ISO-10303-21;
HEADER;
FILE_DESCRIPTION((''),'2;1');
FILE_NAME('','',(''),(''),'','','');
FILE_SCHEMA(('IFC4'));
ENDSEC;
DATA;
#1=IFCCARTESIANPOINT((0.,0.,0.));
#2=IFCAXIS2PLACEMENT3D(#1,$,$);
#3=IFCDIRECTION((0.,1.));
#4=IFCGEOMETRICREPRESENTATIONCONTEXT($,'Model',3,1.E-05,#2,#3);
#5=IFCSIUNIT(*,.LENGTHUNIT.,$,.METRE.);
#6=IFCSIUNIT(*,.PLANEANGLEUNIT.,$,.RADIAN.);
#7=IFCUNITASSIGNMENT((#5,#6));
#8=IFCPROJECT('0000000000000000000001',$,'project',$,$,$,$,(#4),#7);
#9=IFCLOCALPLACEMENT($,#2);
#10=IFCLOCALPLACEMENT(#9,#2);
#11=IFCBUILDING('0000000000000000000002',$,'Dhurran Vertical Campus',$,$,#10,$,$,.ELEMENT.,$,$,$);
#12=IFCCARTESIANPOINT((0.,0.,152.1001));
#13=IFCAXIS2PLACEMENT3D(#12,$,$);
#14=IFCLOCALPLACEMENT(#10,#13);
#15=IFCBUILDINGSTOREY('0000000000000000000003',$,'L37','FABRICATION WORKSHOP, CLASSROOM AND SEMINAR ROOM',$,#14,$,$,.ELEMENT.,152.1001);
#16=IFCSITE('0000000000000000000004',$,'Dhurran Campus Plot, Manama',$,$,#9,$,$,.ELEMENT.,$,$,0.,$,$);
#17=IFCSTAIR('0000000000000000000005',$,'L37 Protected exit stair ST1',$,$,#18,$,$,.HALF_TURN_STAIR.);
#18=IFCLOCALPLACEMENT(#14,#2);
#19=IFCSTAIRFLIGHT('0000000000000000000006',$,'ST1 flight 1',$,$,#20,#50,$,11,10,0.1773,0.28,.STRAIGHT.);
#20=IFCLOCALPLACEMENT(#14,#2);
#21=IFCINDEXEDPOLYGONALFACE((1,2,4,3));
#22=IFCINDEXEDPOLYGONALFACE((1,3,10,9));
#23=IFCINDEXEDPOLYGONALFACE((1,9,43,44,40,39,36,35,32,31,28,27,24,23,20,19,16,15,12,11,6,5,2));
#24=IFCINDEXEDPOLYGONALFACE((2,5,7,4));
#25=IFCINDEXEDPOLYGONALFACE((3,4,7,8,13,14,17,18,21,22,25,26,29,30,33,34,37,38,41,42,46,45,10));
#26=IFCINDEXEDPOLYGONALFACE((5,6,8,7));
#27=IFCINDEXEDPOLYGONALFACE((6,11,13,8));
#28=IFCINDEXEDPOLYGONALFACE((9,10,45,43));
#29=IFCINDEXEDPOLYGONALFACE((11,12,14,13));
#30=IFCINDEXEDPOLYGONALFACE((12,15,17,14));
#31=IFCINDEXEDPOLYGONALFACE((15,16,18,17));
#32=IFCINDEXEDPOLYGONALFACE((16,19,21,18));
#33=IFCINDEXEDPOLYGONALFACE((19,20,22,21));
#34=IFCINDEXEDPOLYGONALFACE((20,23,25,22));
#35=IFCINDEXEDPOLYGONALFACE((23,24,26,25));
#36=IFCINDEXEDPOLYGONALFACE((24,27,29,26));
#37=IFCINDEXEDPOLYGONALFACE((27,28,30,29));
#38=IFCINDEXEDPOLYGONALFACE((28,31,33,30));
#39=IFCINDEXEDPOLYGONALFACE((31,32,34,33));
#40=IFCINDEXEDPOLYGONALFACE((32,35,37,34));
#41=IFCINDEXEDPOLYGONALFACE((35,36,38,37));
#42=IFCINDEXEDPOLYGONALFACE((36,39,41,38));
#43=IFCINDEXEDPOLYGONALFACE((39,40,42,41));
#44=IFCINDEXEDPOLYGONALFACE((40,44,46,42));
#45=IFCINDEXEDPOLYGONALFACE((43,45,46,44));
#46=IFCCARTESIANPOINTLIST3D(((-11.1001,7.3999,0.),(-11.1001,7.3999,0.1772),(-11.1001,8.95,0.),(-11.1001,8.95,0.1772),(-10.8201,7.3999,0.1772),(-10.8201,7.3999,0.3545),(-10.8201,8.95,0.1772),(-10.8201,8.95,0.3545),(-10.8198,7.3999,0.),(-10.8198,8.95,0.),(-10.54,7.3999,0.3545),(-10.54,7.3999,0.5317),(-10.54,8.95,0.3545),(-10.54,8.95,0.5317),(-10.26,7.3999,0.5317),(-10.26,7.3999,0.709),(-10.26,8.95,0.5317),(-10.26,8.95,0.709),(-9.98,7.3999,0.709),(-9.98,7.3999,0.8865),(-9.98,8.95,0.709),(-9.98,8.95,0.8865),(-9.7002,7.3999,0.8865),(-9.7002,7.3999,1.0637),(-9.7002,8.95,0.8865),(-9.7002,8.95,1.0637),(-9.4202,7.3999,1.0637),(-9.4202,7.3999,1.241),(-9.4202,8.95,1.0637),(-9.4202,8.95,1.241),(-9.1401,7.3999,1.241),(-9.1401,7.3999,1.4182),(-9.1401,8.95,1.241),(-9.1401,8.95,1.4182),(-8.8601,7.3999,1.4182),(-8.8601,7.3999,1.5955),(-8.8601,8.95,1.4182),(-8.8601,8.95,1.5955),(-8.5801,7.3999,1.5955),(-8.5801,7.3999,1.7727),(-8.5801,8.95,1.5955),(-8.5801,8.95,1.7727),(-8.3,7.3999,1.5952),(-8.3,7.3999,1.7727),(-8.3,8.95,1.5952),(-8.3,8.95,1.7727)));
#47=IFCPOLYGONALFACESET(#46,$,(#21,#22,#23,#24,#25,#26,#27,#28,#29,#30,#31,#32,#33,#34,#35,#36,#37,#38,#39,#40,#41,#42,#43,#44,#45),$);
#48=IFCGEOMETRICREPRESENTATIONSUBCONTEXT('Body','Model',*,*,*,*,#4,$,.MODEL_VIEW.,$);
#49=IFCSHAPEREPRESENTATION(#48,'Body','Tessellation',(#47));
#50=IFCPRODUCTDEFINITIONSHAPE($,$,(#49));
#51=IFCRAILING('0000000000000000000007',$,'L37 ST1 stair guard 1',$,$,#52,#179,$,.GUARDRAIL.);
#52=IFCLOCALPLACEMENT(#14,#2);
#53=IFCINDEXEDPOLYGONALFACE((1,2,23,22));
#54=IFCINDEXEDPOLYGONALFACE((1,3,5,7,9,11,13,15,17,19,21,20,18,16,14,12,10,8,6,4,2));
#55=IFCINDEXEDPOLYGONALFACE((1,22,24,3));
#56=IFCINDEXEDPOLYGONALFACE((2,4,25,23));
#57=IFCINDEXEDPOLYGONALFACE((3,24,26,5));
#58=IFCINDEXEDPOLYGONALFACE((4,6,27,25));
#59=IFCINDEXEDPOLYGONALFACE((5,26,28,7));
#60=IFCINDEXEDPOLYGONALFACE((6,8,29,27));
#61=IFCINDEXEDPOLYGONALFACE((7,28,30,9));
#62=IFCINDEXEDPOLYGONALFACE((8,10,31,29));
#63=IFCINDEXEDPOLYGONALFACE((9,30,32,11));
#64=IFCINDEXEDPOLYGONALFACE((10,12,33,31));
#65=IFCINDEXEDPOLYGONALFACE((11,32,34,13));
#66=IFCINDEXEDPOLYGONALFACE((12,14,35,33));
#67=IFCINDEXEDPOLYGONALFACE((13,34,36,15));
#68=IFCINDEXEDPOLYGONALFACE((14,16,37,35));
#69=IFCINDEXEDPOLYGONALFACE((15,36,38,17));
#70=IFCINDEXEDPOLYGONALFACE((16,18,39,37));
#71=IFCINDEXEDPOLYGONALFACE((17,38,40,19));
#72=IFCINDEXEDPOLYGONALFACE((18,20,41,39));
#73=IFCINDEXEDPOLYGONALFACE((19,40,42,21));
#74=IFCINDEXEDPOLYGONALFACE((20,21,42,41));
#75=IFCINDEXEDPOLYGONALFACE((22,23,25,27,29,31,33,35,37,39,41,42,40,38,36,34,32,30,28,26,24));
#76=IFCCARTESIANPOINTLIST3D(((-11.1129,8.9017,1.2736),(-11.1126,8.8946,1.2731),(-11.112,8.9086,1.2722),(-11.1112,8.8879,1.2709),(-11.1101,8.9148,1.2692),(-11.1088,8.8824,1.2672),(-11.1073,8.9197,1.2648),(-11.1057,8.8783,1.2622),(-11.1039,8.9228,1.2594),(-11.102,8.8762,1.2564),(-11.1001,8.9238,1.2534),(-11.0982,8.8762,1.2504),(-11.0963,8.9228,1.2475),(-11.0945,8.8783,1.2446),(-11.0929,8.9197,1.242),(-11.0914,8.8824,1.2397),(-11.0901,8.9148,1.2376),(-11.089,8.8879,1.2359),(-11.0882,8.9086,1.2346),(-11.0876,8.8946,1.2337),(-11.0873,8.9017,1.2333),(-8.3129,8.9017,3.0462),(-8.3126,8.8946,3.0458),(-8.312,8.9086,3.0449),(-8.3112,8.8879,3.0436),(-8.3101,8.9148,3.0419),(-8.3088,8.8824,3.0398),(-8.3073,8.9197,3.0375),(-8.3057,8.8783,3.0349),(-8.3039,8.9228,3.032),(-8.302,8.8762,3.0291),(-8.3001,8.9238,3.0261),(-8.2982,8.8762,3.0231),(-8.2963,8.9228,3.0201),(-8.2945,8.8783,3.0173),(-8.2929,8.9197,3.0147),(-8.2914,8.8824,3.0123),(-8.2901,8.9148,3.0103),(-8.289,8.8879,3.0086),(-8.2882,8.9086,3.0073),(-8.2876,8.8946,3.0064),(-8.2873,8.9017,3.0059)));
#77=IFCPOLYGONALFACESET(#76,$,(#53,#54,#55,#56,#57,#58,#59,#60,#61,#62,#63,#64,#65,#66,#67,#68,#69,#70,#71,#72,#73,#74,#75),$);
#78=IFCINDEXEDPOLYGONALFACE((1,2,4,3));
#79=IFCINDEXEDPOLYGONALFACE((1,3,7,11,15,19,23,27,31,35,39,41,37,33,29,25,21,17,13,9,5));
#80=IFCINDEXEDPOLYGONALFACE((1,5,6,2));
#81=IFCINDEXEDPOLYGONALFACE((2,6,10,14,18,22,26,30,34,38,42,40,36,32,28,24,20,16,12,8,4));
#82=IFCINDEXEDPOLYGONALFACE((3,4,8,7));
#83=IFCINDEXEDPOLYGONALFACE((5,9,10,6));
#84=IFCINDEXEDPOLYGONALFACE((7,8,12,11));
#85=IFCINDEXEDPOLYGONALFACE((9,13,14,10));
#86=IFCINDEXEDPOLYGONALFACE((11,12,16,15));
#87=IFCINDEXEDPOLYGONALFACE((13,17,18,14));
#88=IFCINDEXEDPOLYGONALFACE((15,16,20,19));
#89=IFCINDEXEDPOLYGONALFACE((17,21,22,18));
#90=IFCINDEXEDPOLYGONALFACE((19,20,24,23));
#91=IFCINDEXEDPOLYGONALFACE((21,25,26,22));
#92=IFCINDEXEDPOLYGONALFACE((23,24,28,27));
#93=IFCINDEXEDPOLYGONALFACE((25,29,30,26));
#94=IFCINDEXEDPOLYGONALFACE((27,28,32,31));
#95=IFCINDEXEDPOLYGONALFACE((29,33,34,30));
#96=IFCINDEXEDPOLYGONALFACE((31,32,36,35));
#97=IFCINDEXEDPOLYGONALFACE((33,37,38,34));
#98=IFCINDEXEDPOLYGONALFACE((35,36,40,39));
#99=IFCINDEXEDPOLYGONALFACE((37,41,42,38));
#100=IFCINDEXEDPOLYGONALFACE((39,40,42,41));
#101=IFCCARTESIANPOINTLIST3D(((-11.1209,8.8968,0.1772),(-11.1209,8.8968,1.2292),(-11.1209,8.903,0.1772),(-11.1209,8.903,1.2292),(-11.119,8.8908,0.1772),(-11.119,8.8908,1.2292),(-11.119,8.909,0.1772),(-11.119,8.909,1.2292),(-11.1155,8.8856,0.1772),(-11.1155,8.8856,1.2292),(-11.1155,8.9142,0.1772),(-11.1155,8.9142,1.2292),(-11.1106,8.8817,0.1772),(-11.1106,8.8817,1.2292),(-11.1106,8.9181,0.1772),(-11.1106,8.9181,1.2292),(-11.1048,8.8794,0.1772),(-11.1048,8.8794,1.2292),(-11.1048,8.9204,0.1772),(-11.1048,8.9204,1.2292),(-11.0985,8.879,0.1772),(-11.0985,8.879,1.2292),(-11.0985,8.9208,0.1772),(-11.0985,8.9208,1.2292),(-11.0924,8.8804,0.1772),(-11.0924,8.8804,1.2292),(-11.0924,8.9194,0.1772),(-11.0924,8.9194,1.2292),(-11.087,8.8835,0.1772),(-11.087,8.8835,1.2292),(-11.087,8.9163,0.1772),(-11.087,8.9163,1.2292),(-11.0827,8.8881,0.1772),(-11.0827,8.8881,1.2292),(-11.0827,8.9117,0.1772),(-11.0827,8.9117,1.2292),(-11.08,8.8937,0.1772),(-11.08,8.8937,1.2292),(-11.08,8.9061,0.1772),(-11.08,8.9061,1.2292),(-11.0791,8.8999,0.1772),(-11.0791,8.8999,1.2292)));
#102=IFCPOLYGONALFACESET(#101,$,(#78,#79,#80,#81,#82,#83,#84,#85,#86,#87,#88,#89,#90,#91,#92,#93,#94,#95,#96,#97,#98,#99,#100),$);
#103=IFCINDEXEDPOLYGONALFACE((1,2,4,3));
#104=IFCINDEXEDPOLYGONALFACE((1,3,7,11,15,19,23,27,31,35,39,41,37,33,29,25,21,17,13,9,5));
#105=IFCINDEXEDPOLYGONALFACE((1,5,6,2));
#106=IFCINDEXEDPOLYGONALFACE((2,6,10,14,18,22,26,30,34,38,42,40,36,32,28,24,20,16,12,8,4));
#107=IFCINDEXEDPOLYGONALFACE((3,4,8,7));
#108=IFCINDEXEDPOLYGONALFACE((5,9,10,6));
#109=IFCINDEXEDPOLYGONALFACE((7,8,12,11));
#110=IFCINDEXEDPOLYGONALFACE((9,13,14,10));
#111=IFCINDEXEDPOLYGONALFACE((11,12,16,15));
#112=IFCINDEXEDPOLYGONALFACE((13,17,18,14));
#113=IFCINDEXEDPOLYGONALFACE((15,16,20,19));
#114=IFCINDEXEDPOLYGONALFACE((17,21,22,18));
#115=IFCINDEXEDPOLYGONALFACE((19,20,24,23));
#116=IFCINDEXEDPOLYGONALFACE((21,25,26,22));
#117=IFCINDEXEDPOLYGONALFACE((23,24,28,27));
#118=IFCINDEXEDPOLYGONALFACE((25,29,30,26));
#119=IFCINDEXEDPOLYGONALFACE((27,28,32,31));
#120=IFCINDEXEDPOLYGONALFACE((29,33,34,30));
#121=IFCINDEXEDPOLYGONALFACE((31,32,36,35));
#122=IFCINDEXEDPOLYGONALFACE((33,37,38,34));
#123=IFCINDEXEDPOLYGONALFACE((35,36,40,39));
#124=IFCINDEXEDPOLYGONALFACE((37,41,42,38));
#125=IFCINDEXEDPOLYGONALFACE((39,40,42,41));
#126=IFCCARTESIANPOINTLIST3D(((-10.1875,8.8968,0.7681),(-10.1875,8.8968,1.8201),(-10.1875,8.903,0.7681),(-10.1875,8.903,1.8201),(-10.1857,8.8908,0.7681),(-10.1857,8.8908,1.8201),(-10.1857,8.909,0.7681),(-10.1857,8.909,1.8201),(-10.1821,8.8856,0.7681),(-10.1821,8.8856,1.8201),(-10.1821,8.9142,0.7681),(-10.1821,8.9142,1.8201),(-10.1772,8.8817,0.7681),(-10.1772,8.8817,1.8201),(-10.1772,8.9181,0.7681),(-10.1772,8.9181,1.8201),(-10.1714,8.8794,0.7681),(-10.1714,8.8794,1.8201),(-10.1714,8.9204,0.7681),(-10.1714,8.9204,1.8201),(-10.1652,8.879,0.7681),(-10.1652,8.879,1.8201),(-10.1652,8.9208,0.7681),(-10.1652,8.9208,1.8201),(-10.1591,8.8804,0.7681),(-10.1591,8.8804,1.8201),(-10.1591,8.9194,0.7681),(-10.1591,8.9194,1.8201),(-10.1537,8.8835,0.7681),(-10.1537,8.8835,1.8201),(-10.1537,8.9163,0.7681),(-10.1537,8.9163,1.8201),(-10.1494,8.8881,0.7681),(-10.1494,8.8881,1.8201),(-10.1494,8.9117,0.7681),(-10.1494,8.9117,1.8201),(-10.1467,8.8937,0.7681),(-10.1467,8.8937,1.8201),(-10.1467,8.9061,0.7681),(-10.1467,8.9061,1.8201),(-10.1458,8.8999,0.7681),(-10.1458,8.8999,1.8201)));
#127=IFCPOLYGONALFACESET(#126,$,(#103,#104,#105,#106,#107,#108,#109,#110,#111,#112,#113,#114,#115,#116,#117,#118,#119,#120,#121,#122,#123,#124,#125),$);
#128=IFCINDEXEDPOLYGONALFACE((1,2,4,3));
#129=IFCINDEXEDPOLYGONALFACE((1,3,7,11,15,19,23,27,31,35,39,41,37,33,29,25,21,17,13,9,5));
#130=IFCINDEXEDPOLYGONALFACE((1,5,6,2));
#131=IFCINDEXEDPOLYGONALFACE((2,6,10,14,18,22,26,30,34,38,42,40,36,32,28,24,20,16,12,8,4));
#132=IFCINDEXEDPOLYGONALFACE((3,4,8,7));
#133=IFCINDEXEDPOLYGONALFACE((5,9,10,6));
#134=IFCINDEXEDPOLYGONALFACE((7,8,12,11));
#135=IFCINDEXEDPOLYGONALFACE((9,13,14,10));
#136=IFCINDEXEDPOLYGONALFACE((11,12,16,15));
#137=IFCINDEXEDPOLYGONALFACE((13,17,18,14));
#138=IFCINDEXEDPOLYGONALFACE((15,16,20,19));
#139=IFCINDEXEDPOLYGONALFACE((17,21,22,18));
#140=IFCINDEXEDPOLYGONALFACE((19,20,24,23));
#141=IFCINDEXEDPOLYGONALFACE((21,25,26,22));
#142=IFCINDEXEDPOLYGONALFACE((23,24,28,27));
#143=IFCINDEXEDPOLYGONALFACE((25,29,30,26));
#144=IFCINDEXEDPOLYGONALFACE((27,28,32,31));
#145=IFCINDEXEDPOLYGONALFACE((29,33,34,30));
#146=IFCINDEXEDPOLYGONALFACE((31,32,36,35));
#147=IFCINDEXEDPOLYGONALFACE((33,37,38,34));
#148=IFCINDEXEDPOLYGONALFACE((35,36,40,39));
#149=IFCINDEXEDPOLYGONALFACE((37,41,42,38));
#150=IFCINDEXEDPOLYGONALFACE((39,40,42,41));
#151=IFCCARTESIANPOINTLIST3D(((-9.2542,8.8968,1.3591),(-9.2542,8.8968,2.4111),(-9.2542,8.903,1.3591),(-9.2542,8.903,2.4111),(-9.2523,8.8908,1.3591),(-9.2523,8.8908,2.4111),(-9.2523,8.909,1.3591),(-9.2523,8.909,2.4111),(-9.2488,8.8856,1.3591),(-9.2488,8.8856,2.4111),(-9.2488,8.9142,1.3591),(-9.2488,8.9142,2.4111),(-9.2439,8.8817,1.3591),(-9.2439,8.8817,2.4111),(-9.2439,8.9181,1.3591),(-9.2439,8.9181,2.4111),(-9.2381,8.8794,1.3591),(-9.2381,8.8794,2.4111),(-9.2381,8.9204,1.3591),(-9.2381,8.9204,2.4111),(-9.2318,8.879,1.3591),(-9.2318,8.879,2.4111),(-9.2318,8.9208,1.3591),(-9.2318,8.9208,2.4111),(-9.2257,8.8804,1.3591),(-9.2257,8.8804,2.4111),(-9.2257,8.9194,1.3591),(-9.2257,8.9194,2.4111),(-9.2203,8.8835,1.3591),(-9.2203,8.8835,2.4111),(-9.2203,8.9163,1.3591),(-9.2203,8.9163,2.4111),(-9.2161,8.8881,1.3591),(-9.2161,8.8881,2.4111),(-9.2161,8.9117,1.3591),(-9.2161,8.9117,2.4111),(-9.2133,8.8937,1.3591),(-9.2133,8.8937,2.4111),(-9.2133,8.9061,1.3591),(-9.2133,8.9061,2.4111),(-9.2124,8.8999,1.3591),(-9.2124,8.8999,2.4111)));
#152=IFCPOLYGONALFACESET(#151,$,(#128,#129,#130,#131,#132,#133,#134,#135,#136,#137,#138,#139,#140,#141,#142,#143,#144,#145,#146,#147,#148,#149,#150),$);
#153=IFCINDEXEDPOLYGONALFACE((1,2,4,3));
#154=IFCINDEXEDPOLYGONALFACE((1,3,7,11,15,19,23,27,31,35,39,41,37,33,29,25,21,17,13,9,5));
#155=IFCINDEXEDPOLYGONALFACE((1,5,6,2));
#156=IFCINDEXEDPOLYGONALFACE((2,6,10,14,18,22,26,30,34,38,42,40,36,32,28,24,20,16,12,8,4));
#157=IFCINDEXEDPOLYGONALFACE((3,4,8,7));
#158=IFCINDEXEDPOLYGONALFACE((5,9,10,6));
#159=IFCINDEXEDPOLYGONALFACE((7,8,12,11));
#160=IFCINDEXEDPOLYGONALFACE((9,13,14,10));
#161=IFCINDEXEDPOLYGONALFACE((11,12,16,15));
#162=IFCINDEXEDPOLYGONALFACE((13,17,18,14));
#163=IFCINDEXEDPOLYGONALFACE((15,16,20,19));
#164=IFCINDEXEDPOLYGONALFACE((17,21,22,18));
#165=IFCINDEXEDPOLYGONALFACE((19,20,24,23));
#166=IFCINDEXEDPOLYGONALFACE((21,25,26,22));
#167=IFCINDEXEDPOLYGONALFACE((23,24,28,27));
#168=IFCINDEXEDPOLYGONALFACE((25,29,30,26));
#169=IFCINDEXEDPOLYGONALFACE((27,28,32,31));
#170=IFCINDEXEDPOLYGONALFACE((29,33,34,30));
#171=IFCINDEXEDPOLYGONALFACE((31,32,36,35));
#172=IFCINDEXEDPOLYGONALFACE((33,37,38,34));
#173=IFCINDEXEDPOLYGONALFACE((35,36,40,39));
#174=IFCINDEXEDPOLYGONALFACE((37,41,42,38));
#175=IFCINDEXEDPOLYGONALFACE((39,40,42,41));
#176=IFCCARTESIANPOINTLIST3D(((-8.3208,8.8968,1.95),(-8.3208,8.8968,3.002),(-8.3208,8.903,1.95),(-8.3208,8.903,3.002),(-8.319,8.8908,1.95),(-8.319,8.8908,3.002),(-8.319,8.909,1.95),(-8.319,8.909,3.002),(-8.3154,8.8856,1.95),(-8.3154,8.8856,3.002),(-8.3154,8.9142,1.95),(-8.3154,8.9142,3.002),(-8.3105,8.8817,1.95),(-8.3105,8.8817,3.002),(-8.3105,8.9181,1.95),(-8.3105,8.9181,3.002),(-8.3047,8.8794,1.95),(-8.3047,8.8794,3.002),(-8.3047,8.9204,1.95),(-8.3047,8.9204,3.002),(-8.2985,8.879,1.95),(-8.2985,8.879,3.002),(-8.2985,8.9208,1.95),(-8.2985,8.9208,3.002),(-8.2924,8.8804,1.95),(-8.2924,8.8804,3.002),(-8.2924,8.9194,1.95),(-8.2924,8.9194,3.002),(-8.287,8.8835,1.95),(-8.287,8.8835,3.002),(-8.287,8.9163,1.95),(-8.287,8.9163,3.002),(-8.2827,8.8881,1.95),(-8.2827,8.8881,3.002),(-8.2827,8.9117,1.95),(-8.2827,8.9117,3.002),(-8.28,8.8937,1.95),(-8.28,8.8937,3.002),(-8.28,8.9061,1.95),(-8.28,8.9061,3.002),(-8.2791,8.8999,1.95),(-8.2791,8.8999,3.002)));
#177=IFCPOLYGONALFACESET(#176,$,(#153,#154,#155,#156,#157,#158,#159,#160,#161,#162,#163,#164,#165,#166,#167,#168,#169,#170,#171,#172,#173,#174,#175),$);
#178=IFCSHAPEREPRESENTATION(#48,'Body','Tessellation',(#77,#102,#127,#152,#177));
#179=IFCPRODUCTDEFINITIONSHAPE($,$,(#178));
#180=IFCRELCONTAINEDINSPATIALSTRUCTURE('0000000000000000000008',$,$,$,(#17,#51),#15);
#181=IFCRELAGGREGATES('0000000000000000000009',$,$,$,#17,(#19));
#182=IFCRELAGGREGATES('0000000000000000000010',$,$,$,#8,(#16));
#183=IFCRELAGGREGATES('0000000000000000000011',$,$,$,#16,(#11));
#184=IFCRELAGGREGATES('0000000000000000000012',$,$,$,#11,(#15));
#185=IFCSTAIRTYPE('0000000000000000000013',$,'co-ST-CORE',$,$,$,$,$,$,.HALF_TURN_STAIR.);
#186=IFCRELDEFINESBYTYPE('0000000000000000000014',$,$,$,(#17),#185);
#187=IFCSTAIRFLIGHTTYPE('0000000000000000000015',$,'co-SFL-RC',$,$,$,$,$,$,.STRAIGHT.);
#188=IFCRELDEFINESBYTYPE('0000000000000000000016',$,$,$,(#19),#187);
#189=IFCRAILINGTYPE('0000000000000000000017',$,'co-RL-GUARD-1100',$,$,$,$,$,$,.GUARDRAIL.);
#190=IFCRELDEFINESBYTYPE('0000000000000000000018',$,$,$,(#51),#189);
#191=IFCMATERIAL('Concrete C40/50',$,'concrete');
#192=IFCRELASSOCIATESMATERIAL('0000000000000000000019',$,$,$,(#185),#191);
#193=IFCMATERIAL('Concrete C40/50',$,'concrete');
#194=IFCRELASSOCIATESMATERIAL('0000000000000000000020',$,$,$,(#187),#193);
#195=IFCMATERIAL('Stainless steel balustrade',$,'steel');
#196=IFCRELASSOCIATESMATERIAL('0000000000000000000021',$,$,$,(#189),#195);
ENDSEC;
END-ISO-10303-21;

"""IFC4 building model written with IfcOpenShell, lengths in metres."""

from ifc_helpers import new_model, si_unit, direction, frame, origin, origin_2d, place, context, subcontext, project, spatial, polyline, circle, outline, extrude, material, type_object, element, aggregate, save


model = new_model("IFC4")

# Units and contexts
model_context = context("Model", 3, precision=1e-05, world=origin(), true_north=direction((0.0, 1.0)))
body_context = subcontext(model_context, "Body", "Model", "MODEL_VIEW")
ifc_project = project(units=[si_unit("LENGTHUNIT", "METRE"), si_unit("PLANEANGLEUNIT", "RADIAN")], contexts=[model_context])

# Site, building, storey
site_placement = place(None, origin())
site = spatial("IfcSite", under=ifc_project, at=site_placement, Name="Dhurran Campus Plot, Manama", CompositionType="ELEMENT", RefElevation=0.0)
building_placement = place(site_placement, origin())
building = spatial("IfcBuilding", under=site, at=building_placement, Name="Dhurran Vertical Campus", CompositionType="ELEMENT")
storey_placement = place(building_placement, frame((0.0, 0.0, 152.1001)))
storey = spatial("IfcBuildingStorey", under=building, at=storey_placement, Name="L37", Description="FABRICATION WORKSHOP, CLASSROOM AND SEMINAR ROOM", CompositionType="ELEMENT", Elevation=152.1001)

# Stair, stair flight
ifc_material_1 = material(Name="Concrete C40/50", Category="concrete")
stair_type = type_object("IfcStairType", Name="co-ST-CORE", PredefinedType="HALF_TURN_STAIR", material=ifc_material_1)
stair_placement = place(storey_placement, origin())
stair = element("IfcStair", 1, at=stair_placement, inside=storey, type_object=stair_type, Name="L37 Protected exit stair ST1", PredefinedType="HALF_TURN_STAIR")
ifc_material_2 = material(Name="Concrete C40/50", Category="concrete")
stair_flight_type = type_object("IfcStairFlightType", Name="co-SFL-RC", PredefinedType="STRAIGHT", material=ifc_material_2)
stair_flight_placement = place(storey_placement, frame((-11.1001, 8.175, 0.0), z_axis=(0.0, 0.0, 1.0), x_axis=(1.0, 0.0, 0.0)))
stair_flight = element("IfcStairFlight", 2, at=stair_flight_placement, type_object=stair_flight_type, Name="ST1 flight 1", NumberOfRisers=11, NumberOfTreads=10, PredefinedType="STRAIGHT", RiserHeight=0.1773, TreadLength=0.28, context=body_context, shape_type="SweptSolid", body=[
    extrude(outline(polyline([(0.0, 0.0), (0.0, 0.1772), (0.28, 0.1772), (0.28, 0.3545), (0.5601, 0.3545), (0.5601, 0.5317), (0.8401, 0.5317), (0.8401, 0.709), (1.1201, 0.709), (1.1201, 0.8865), (1.3999, 0.8865), (1.3999, 1.0637), (1.6799, 1.0637), (1.6799, 1.241), (1.96, 1.241), (1.96, 1.4182), (2.24, 1.4182), (2.24, 1.5955), (2.52, 1.5955), (2.52, 1.7727), (2.8, 1.7727), (2.8, 1.95), (2.8, 1.5952), (0.2803, 0.0), (0.0, 0.0)])), frame((0.0, 0.7749, 0.0), z_axis=(0.0, -1.0, 0.0), x_axis=(1.0, 0.0, 0.0)), (0.0, 0.0, 1.0), 1.55),
])
aggregate(stair, [stair_flight])

# Railing
ifc_material_3 = material(Name="Stainless steel balustrade", Category="steel")
railing_type_1 = type_object("IfcRailingType", Name="co-RL-GUARD-1100", PredefinedType="GUARDRAIL", material=ifc_material_3)
railing_1_placement = place(storey_placement, frame((-11.1001, 8.8999, 0.1772)))
element("IfcRailing", 3, at=railing_1_placement, inside=storey, type_object=railing_type_1, Name="L37 ST1 stair guard 1", PredefinedType="GUARDRAIL", context=body_context, shape_type="SweptSolid", body=[
    extrude(circle(Radius=0.0239, at=origin_2d()), frame((0.0, 0.0, 1.0762), z_axis=(0.844909, 0.0, 0.53491), x_axis=(0.0, 1.0, 0.0)), (0.0, 0.0, 1.0), 3.314),
    extrude(circle(Radius=0.021, at=origin_2d()), origin(), (0.0, 0.0, 1.0), 1.052),
    extrude(circle(Radius=0.021, at=origin_2d()), frame((0.9333, 0.0, 0.5908)), (0.0, 0.0, 1.0), 1.052),
    extrude(circle(Radius=0.021, at=origin_2d()), frame((1.8667, 0.0, 1.1819)), (0.0, 0.0, 1.0), 1.052),
    extrude(circle(Radius=0.021, at=origin_2d()), frame((2.8, 0.0, 1.7727)), (0.0, 0.0, 1.0), 1.052),
])

save(model, "model.ifc")
